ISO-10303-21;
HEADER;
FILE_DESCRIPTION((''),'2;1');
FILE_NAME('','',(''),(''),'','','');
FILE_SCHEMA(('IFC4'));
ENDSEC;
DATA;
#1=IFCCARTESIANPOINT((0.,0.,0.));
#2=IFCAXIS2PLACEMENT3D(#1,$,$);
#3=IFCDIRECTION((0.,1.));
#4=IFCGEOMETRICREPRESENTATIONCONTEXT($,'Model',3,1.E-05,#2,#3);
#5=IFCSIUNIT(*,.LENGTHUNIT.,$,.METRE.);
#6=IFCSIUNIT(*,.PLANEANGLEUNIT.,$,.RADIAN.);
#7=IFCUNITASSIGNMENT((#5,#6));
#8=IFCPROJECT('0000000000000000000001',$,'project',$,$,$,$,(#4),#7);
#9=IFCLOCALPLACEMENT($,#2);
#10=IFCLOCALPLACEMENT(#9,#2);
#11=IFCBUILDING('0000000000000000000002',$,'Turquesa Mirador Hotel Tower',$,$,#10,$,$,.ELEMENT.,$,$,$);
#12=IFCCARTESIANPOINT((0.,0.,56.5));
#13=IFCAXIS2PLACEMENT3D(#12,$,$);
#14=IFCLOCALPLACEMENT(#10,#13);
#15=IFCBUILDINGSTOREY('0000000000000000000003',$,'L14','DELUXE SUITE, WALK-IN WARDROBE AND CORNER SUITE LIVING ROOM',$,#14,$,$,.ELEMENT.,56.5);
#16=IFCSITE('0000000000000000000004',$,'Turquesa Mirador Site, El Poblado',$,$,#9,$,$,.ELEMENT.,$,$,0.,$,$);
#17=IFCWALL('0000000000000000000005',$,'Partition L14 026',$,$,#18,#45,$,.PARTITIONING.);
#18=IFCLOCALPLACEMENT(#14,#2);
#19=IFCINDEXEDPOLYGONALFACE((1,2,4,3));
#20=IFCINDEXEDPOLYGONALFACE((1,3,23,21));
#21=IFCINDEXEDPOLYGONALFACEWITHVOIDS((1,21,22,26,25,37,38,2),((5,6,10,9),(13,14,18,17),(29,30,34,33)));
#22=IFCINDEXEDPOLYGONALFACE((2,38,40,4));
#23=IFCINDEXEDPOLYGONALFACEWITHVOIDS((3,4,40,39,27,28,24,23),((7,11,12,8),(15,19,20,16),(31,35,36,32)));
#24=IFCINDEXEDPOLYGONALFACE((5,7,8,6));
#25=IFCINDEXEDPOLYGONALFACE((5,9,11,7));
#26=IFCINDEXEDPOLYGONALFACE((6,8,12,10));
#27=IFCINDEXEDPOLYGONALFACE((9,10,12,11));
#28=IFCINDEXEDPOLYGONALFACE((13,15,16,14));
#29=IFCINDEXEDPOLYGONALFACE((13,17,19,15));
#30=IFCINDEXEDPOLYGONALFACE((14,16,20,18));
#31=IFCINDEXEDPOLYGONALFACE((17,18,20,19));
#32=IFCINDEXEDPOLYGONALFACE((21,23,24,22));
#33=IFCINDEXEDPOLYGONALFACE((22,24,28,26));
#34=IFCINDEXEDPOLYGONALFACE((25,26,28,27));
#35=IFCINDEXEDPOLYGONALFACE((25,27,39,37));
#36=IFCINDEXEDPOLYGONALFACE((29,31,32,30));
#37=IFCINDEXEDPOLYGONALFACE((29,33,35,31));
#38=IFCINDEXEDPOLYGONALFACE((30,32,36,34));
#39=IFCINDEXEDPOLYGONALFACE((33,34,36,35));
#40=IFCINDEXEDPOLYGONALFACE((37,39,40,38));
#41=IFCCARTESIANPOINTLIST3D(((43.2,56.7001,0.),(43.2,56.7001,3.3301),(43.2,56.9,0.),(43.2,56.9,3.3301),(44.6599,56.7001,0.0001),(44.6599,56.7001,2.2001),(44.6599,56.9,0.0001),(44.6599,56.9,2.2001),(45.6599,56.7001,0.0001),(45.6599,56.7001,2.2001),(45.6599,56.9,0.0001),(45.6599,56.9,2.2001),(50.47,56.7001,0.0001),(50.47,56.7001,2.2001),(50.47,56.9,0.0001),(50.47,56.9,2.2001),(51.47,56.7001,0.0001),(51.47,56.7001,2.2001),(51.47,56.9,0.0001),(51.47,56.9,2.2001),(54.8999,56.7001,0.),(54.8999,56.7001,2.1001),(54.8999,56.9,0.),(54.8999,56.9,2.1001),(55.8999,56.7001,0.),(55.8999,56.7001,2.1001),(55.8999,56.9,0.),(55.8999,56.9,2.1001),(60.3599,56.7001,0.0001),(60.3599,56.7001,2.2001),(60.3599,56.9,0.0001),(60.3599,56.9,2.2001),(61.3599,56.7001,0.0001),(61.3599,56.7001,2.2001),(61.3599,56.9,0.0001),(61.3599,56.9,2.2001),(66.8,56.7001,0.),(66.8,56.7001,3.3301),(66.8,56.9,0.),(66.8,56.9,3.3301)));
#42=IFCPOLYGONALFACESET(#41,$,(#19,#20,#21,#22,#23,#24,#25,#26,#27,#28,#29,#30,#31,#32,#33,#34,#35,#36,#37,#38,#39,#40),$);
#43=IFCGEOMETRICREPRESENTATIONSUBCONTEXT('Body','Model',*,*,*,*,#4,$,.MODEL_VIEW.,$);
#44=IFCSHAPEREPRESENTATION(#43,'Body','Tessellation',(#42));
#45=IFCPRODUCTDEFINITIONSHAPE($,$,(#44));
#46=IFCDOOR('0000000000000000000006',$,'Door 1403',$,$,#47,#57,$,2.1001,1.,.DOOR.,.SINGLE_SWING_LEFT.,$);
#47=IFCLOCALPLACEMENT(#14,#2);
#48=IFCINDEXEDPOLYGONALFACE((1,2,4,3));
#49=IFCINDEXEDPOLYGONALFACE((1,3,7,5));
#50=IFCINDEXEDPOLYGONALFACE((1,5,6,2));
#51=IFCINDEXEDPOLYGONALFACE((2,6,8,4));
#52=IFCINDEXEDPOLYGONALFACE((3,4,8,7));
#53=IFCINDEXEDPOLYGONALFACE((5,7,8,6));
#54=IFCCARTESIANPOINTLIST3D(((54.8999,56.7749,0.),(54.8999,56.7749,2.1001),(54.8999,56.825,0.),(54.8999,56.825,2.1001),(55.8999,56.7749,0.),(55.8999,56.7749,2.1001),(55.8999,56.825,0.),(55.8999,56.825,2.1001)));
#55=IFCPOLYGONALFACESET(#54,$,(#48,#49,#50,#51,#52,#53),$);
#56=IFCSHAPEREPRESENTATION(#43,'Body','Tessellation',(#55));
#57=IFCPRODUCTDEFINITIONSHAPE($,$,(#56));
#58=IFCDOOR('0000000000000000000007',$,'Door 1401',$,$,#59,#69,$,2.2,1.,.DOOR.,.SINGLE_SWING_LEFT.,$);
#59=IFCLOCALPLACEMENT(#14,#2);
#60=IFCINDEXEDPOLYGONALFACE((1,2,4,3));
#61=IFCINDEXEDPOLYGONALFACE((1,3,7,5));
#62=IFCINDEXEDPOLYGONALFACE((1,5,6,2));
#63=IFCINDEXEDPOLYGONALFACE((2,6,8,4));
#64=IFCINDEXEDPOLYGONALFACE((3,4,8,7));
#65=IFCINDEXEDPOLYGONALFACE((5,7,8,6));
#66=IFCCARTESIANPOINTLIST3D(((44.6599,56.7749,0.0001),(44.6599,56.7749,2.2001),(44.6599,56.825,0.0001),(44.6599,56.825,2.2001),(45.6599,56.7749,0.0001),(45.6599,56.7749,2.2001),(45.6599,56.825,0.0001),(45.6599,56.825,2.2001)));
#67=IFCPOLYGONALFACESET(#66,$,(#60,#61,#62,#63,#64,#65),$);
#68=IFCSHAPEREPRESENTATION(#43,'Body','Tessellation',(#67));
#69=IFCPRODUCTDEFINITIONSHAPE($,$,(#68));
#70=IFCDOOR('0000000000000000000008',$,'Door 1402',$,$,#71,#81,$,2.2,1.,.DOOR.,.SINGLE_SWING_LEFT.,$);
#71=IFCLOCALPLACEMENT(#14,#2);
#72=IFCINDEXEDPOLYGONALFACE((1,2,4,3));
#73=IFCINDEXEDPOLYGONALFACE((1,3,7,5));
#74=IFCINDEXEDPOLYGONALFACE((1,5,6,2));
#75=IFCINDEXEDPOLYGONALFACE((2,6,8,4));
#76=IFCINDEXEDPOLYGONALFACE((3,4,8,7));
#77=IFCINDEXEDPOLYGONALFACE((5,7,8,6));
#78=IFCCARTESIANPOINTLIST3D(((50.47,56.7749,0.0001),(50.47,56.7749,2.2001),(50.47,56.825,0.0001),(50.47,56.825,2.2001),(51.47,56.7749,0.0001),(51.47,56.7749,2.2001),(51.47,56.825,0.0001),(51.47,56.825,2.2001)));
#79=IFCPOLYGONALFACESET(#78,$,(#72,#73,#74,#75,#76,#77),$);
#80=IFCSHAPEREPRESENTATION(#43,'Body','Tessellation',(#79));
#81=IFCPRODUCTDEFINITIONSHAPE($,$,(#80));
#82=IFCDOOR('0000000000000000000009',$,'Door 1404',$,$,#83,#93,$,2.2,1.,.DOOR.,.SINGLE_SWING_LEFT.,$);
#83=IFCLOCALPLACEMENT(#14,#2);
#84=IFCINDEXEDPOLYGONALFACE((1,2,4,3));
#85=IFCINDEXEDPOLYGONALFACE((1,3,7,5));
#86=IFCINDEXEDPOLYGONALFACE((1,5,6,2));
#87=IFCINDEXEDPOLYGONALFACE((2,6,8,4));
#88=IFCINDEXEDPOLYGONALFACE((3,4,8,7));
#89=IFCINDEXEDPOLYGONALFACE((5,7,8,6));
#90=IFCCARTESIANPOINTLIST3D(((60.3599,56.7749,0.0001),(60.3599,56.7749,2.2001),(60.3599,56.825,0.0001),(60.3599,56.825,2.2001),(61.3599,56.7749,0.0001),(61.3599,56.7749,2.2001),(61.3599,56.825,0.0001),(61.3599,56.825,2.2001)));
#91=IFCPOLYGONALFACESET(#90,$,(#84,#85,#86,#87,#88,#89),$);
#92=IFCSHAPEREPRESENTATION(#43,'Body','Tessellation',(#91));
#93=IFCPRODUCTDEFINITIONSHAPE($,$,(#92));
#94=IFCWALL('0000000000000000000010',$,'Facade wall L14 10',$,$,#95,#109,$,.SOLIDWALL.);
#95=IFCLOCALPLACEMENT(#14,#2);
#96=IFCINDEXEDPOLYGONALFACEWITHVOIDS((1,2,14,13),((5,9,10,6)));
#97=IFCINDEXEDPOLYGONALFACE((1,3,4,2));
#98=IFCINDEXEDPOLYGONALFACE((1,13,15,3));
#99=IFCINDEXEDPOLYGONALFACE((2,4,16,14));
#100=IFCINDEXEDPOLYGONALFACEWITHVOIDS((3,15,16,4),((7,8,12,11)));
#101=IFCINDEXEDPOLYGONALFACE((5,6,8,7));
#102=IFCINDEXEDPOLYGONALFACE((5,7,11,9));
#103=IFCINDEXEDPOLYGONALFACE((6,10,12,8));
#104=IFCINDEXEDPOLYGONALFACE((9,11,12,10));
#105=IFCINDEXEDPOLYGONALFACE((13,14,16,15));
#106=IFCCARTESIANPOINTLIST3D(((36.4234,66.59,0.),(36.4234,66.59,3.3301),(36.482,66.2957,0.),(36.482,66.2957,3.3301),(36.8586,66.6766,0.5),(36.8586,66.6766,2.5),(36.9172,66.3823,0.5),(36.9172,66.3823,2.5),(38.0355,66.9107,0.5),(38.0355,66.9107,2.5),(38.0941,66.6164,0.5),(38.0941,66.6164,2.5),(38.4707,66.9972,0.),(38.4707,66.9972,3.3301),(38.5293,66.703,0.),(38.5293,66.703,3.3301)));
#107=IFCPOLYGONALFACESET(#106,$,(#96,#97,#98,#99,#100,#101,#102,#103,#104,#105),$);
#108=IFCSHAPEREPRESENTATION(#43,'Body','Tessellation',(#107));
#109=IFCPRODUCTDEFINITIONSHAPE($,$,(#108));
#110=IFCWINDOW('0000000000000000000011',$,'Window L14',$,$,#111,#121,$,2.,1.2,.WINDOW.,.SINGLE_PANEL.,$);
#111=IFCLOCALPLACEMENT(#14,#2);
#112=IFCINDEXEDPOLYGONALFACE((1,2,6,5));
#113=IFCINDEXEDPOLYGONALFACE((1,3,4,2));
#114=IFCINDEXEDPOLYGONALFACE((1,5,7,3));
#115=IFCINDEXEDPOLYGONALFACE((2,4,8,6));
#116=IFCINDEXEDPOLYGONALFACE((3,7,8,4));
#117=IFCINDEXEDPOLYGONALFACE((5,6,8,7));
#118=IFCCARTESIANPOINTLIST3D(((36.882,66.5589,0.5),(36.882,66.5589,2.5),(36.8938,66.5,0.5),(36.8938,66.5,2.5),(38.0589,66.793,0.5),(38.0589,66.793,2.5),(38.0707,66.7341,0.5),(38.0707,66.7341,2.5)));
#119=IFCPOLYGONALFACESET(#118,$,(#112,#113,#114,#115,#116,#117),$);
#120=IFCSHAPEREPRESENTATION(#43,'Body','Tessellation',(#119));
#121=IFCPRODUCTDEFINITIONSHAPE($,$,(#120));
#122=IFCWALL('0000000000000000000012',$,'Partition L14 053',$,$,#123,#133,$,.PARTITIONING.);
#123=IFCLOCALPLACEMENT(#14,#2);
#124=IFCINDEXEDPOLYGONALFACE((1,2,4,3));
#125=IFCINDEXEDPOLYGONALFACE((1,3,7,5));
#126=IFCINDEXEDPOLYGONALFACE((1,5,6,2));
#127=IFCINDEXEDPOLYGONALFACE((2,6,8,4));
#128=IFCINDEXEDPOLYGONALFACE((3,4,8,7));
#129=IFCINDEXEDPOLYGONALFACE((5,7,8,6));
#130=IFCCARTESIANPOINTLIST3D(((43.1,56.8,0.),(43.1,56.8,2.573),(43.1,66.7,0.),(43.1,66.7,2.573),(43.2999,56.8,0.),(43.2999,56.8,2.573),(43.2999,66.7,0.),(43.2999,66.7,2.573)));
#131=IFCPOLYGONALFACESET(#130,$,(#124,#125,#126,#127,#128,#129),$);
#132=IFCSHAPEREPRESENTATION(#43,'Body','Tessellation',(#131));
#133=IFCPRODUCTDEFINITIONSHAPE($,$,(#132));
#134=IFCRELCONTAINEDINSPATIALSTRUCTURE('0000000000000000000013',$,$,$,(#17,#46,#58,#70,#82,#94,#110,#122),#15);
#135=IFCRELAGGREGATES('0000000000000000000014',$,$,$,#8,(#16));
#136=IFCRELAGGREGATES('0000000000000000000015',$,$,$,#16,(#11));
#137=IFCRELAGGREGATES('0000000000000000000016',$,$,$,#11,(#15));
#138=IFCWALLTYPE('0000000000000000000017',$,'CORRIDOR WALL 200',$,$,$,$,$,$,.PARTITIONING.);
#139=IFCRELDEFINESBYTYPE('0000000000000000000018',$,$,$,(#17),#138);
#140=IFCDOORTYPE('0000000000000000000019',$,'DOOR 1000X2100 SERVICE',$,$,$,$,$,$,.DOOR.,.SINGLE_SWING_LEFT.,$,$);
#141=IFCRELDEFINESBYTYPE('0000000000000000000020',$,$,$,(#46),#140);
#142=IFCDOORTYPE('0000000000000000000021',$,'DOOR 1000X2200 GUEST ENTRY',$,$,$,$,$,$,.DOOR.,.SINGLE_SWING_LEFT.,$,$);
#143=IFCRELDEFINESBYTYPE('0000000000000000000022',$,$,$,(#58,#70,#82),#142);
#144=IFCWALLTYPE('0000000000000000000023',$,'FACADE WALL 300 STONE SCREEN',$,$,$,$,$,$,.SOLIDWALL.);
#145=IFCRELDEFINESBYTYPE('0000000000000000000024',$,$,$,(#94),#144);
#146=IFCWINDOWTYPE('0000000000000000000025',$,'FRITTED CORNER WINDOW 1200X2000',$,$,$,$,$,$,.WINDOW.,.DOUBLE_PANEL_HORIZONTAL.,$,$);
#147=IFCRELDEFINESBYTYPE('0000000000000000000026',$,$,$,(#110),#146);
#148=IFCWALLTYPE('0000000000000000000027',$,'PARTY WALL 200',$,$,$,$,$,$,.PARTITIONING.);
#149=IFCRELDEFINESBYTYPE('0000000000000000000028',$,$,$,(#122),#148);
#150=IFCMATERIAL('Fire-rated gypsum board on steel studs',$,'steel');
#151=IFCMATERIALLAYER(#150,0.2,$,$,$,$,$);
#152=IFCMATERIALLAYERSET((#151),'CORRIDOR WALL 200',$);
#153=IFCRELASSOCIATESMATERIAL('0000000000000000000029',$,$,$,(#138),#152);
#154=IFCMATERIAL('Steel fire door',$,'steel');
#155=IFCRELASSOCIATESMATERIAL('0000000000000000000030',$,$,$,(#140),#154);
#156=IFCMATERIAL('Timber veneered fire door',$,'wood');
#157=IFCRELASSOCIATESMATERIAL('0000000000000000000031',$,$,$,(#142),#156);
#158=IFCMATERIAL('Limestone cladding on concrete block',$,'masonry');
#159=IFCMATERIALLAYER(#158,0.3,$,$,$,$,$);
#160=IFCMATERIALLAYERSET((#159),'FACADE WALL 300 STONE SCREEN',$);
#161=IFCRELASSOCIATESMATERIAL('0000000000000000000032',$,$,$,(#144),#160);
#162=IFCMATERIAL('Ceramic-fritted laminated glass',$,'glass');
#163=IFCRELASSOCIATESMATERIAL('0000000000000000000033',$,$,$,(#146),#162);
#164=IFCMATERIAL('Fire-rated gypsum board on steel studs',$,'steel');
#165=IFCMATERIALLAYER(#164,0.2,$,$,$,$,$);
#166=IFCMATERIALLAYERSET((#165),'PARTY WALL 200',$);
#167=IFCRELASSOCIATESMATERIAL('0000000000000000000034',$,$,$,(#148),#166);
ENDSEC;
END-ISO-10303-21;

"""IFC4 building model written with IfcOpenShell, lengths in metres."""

from ifc_helpers import new_model, si_unit, direction, frame, frame_2d, origin, place, context, subcontext, project, spatial, rectangle, extrude, material, layer, layer_set, type_object, element, fill, save


model = new_model("IFC4")

# Units and contexts
model_context = context("Model", 3, precision=1e-05, world=origin(), true_north=direction((0.0, 1.0)))
body_context = subcontext(model_context, "Body", "Model", "MODEL_VIEW")
ifc_project = project(units=[si_unit("LENGTHUNIT", "METRE"), si_unit("PLANEANGLEUNIT", "RADIAN")], contexts=[model_context])

# Site, building, storey
site_placement = place(None, origin())
site = spatial("IfcSite", under=ifc_project, at=site_placement, Name="Turquesa Mirador Site, El Poblado", CompositionType="ELEMENT", RefElevation=0.0)
building_placement = place(site_placement, origin())
building = spatial("IfcBuilding", under=site, at=building_placement, Name="Turquesa Mirador Hotel Tower", CompositionType="ELEMENT")
storey_placement = place(building_placement, frame((0.0, 0.0, 56.5)))
storey = spatial("IfcBuildingStorey", under=building, at=storey_placement, Name="L14", Description="DELUXE SUITE, WALK-IN WARDROBE AND CORNER SUITE LIVING ROOM", CompositionType="ELEMENT", Elevation=56.5)

# Wall, openings, doors
ifc_material_1 = material(Name="Fire-rated gypsum board on steel studs", Category="steel")
ifc_layer_1 = layer(ifc_material_1, 0.2)
ifc_layer_set_1 = layer_set([ifc_layer_1], Name="CORRIDOR WALL 200")
wall_type_1 = type_object("IfcWallType", Name="CORRIDOR WALL 200", PredefinedType="PARTITIONING", material=ifc_layer_set_1)
wall_1_placement = place(storey_placement, frame((43.2, 56.8, 0.0), z_axis=(0.0, 0.0, 1.0), x_axis=(1.0, 0.0, 0.0)))
wall_1 = element("IfcWall", 1, at=wall_1_placement, inside=storey, type_object=wall_type_1, Name="Partition L14 026", PredefinedType="PARTITIONING", context=body_context, shape_type="SweptSolid", body=[
    extrude(rectangle(XDim=23.6001, YDim=0.2, at=frame_2d((11.8, 0.0))), origin(), (0.0, 0.0, 1.0), 3.3301),
])
opening_1_placement = place(wall_1_placement, frame((1.46, 0.0, 0.0)))
opening_1 = element("IfcOpeningElement", 2, at=opening_1_placement, cuts=wall_1, PredefinedType="OPENING", context=body_context, shape_type="SweptSolid", body=[
    extrude(rectangle(XDim=1.0, YDim=2.2, at=frame_2d((0.5, 1.1001))), frame((0.0, 0.1099, 0.0), z_axis=(0.0, -1.0, 0.0), x_axis=(1.0, 0.0, 0.0)), (0.0, 0.0, 1.0), 0.22),
])
opening_2_placement = place(wall_1_placement, frame((7.27, 0.0, 0.0)))
opening_2 = element("IfcOpeningElement", 3, at=opening_2_placement, cuts=wall_1, PredefinedType="OPENING", context=body_context, shape_type="SweptSolid", body=[
    extrude(rectangle(XDim=1.0, YDim=2.2, at=frame_2d((0.5, 1.1001))), frame((0.0, 0.1099, 0.0), z_axis=(0.0, -1.0, 0.0), x_axis=(1.0, 0.0, 0.0)), (0.0, 0.0, 1.0), 0.22),
])
opening_3_placement = place(wall_1_placement, frame((11.7, 0.0, 0.0)))
opening_3 = element("IfcOpeningElement", 4, at=opening_3_placement, cuts=wall_1, PredefinedType="OPENING", context=body_context, shape_type="SweptSolid", body=[
    extrude(rectangle(XDim=1.0, YDim=2.1001, at=frame_2d((0.5, 1.05))), frame((0.0, 0.1099, 0.0), z_axis=(0.0, -1.0, 0.0), x_axis=(1.0, 0.0, 0.0)), (0.0, 0.0, 1.0), 0.22),
])
opening_4_placement = place(wall_1_placement, frame((17.1599, 0.0, 0.0)))
opening_4 = element("IfcOpeningElement", 5, at=opening_4_placement, cuts=wall_1, PredefinedType="OPENING", context=body_context, shape_type="SweptSolid", body=[
    extrude(rectangle(XDim=1.0, YDim=2.2, at=frame_2d((0.5, 1.1001))), frame((0.0, 0.1099, 0.0), z_axis=(0.0, -1.0, 0.0), x_axis=(1.0, 0.0, 0.0)), (0.0, 0.0, 1.0), 0.22),
])
ifc_material_2 = material(Name="Steel fire door", Category="steel")
door_type_1 = type_object("IfcDoorType", Name="DOOR 1000X2100 SERVICE", OperationType="SINGLE_SWING_LEFT", PredefinedType="DOOR", material=ifc_material_2)
door_1_placement = place(opening_3_placement, origin())
door_1 = element("IfcDoor", 6, at=door_1_placement, inside=storey, type_object=door_type_1, Name="Door 1403", OperationType="SINGLE_SWING_LEFT", OverallHeight=2.1001, OverallWidth=1.0, PredefinedType="DOOR", context=body_context, shape_type="SweptSolid", body=[
    extrude(rectangle(XDim=1.0, YDim=2.1001, at=frame_2d((0.5, 1.05))), frame((0.0, 0.0249, 0.0), z_axis=(0.0, -1.0, 0.0), x_axis=(1.0, 0.0, 0.0)), (0.0, 0.0, 1.0), 0.05),
])
fill(opening_3, door_1)
ifc_material_3 = material(Name="Timber veneered fire door", Category="wood")
door_type_2 = type_object("IfcDoorType", Name="DOOR 1000X2200 GUEST ENTRY", OperationType="SINGLE_SWING_LEFT", PredefinedType="DOOR", material=ifc_material_3)
door_2_placement = place(opening_1_placement, origin())
door_2 = element("IfcDoor", 7, at=door_2_placement, inside=storey, type_object=door_type_2, Name="Door 1401", OperationType="SINGLE_SWING_LEFT", OverallHeight=2.2, OverallWidth=1.0, PredefinedType="DOOR", context=body_context, shape_type="SweptSolid", body=[
    extrude(rectangle(XDim=1.0, YDim=2.2, at=frame_2d((0.5, 1.1001))), frame((0.0, 0.0249, 0.0), z_axis=(0.0, -1.0, 0.0), x_axis=(1.0, 0.0, 0.0)), (0.0, 0.0, 1.0), 0.05),
])
fill(opening_1, door_2)
door_3_placement = place(opening_2_placement, origin())
door_3 = element("IfcDoor", 8, at=door_3_placement, inside=storey, type_object=door_type_2, Name="Door 1402", OperationType="SINGLE_SWING_LEFT", OverallHeight=2.2, OverallWidth=1.0, PredefinedType="DOOR", context=body_context, shape_type="SweptSolid", body=[
    extrude(rectangle(XDim=1.0, YDim=2.2, at=frame_2d((0.5, 1.1001))), frame((0.0, 0.0249, 0.0), z_axis=(0.0, -1.0, 0.0), x_axis=(1.0, 0.0, 0.0)), (0.0, 0.0, 1.0), 0.05),
])
fill(opening_2, door_3)
door_4_placement = place(opening_4_placement, origin())
door_4 = element("IfcDoor", 9, at=door_4_placement, inside=storey, type_object=door_type_2, Name="Door 1404", OperationType="SINGLE_SWING_LEFT", OverallHeight=2.2, OverallWidth=1.0, PredefinedType="DOOR", context=body_context, shape_type="SweptSolid", body=[
    extrude(rectangle(XDim=1.0, YDim=2.2, at=frame_2d((0.5, 1.1001))), frame((0.0, 0.0249, 0.0), z_axis=(0.0, -1.0, 0.0), x_axis=(1.0, 0.0, 0.0)), (0.0, 0.0, 1.0), 0.05),
])
fill(opening_4, door_4)

# Wall, opening, window
ifc_material_4 = material(Name="Limestone cladding on concrete block", Category="masonry")
ifc_layer_2 = layer(ifc_material_4, 0.3)
ifc_layer_set_2 = layer_set([ifc_layer_2], Name="FACADE WALL 300 STONE SCREEN")
wall_type_2 = type_object("IfcWallType", Name="FACADE WALL 300 STONE SCREEN", PredefinedType="SOLIDWALL", material=ifc_layer_set_2)
wall_2_placement = place(storey_placement, frame((38.5, 66.8501, 0.0), z_axis=(0.0, 0.0, 1.0), x_axis=(-0.980787, -0.195081, 0.0)))
wall_2 = element("IfcWall", 10, at=wall_2_placement, inside=storey, type_object=wall_type_2, Name="Facade wall L14 10", PredefinedType="SOLIDWALL", context=body_context, shape_type="SweptSolid", body=[
    extrude(rectangle(XDim=2.0874, YDim=0.3, at=frame_2d((1.0437, 0.0))), origin(), (0.0, 0.0, 1.0), 3.3301),
])
opening_5_placement = place(wall_2_placement, frame((0.4436, 0.0, 0.5)))
opening_5 = element("IfcOpeningElement", 11, at=opening_5_placement, cuts=wall_2, PredefinedType="OPENING", context=body_context, shape_type="SweptSolid", body=[
    extrude(rectangle(XDim=1.2, YDim=2.0, at=frame_2d((0.6001, 1.0))), frame((0.0, 0.1599, 0.0), z_axis=(0.0, -1.0, 0.0), x_axis=(1.0, 0.0, 0.0)), (0.0, 0.0, 1.0), 0.3201),
])
ifc_material_5 = material(Name="Ceramic-fritted laminated glass", Category="glass")
window_type = type_object("IfcWindowType", Name="FRITTED CORNER WINDOW 1200X2000", PartitioningType="DOUBLE_PANEL_HORIZONTAL", PredefinedType="WINDOW", material=ifc_material_5)
window_placement = place(opening_5_placement, origin())
window = element("IfcWindow", 12, at=window_placement, inside=storey, type_object=window_type, Name="Window L14", OverallHeight=2.0, OverallWidth=1.2, PartitioningType="SINGLE_PANEL", PredefinedType="WINDOW", context=body_context, shape_type="SweptSolid", body=[
    extrude(rectangle(XDim=1.2, YDim=2.0, at=frame_2d((0.6001, 1.0))), frame((0.0, 0.03, 0.0), z_axis=(0.0, -1.0, 0.0), x_axis=(1.0, 0.0, 0.0)), (0.0, 0.0, 1.0), 0.0601),
])
fill(opening_5, window)

# Wall
ifc_material_6 = material(Name="Fire-rated gypsum board on steel studs", Category="steel")
ifc_layer_3 = layer(ifc_material_6, 0.2)
ifc_layer_set_3 = layer_set([ifc_layer_3], Name="PARTY WALL 200")
wall_type_3 = type_object("IfcWallType", Name="PARTY WALL 200", PredefinedType="PARTITIONING", material=ifc_layer_set_3)
wall_3_placement = place(storey_placement, frame((43.2, 56.8, 0.0), z_axis=(0.0, 0.0, 1.0), x_axis=(0.0, 1.0, 0.0)))
element("IfcWall", 13, at=wall_3_placement, inside=storey, type_object=wall_type_3, Name="Partition L14 053", PredefinedType="PARTITIONING", context=body_context, shape_type="SweptSolid", body=[
    extrude(rectangle(XDim=9.8999, YDim=0.2, at=frame_2d((4.95, 0.0))), origin(), (0.0, 0.0, 1.0), 2.573),
])

save(model, "model.ifc")
